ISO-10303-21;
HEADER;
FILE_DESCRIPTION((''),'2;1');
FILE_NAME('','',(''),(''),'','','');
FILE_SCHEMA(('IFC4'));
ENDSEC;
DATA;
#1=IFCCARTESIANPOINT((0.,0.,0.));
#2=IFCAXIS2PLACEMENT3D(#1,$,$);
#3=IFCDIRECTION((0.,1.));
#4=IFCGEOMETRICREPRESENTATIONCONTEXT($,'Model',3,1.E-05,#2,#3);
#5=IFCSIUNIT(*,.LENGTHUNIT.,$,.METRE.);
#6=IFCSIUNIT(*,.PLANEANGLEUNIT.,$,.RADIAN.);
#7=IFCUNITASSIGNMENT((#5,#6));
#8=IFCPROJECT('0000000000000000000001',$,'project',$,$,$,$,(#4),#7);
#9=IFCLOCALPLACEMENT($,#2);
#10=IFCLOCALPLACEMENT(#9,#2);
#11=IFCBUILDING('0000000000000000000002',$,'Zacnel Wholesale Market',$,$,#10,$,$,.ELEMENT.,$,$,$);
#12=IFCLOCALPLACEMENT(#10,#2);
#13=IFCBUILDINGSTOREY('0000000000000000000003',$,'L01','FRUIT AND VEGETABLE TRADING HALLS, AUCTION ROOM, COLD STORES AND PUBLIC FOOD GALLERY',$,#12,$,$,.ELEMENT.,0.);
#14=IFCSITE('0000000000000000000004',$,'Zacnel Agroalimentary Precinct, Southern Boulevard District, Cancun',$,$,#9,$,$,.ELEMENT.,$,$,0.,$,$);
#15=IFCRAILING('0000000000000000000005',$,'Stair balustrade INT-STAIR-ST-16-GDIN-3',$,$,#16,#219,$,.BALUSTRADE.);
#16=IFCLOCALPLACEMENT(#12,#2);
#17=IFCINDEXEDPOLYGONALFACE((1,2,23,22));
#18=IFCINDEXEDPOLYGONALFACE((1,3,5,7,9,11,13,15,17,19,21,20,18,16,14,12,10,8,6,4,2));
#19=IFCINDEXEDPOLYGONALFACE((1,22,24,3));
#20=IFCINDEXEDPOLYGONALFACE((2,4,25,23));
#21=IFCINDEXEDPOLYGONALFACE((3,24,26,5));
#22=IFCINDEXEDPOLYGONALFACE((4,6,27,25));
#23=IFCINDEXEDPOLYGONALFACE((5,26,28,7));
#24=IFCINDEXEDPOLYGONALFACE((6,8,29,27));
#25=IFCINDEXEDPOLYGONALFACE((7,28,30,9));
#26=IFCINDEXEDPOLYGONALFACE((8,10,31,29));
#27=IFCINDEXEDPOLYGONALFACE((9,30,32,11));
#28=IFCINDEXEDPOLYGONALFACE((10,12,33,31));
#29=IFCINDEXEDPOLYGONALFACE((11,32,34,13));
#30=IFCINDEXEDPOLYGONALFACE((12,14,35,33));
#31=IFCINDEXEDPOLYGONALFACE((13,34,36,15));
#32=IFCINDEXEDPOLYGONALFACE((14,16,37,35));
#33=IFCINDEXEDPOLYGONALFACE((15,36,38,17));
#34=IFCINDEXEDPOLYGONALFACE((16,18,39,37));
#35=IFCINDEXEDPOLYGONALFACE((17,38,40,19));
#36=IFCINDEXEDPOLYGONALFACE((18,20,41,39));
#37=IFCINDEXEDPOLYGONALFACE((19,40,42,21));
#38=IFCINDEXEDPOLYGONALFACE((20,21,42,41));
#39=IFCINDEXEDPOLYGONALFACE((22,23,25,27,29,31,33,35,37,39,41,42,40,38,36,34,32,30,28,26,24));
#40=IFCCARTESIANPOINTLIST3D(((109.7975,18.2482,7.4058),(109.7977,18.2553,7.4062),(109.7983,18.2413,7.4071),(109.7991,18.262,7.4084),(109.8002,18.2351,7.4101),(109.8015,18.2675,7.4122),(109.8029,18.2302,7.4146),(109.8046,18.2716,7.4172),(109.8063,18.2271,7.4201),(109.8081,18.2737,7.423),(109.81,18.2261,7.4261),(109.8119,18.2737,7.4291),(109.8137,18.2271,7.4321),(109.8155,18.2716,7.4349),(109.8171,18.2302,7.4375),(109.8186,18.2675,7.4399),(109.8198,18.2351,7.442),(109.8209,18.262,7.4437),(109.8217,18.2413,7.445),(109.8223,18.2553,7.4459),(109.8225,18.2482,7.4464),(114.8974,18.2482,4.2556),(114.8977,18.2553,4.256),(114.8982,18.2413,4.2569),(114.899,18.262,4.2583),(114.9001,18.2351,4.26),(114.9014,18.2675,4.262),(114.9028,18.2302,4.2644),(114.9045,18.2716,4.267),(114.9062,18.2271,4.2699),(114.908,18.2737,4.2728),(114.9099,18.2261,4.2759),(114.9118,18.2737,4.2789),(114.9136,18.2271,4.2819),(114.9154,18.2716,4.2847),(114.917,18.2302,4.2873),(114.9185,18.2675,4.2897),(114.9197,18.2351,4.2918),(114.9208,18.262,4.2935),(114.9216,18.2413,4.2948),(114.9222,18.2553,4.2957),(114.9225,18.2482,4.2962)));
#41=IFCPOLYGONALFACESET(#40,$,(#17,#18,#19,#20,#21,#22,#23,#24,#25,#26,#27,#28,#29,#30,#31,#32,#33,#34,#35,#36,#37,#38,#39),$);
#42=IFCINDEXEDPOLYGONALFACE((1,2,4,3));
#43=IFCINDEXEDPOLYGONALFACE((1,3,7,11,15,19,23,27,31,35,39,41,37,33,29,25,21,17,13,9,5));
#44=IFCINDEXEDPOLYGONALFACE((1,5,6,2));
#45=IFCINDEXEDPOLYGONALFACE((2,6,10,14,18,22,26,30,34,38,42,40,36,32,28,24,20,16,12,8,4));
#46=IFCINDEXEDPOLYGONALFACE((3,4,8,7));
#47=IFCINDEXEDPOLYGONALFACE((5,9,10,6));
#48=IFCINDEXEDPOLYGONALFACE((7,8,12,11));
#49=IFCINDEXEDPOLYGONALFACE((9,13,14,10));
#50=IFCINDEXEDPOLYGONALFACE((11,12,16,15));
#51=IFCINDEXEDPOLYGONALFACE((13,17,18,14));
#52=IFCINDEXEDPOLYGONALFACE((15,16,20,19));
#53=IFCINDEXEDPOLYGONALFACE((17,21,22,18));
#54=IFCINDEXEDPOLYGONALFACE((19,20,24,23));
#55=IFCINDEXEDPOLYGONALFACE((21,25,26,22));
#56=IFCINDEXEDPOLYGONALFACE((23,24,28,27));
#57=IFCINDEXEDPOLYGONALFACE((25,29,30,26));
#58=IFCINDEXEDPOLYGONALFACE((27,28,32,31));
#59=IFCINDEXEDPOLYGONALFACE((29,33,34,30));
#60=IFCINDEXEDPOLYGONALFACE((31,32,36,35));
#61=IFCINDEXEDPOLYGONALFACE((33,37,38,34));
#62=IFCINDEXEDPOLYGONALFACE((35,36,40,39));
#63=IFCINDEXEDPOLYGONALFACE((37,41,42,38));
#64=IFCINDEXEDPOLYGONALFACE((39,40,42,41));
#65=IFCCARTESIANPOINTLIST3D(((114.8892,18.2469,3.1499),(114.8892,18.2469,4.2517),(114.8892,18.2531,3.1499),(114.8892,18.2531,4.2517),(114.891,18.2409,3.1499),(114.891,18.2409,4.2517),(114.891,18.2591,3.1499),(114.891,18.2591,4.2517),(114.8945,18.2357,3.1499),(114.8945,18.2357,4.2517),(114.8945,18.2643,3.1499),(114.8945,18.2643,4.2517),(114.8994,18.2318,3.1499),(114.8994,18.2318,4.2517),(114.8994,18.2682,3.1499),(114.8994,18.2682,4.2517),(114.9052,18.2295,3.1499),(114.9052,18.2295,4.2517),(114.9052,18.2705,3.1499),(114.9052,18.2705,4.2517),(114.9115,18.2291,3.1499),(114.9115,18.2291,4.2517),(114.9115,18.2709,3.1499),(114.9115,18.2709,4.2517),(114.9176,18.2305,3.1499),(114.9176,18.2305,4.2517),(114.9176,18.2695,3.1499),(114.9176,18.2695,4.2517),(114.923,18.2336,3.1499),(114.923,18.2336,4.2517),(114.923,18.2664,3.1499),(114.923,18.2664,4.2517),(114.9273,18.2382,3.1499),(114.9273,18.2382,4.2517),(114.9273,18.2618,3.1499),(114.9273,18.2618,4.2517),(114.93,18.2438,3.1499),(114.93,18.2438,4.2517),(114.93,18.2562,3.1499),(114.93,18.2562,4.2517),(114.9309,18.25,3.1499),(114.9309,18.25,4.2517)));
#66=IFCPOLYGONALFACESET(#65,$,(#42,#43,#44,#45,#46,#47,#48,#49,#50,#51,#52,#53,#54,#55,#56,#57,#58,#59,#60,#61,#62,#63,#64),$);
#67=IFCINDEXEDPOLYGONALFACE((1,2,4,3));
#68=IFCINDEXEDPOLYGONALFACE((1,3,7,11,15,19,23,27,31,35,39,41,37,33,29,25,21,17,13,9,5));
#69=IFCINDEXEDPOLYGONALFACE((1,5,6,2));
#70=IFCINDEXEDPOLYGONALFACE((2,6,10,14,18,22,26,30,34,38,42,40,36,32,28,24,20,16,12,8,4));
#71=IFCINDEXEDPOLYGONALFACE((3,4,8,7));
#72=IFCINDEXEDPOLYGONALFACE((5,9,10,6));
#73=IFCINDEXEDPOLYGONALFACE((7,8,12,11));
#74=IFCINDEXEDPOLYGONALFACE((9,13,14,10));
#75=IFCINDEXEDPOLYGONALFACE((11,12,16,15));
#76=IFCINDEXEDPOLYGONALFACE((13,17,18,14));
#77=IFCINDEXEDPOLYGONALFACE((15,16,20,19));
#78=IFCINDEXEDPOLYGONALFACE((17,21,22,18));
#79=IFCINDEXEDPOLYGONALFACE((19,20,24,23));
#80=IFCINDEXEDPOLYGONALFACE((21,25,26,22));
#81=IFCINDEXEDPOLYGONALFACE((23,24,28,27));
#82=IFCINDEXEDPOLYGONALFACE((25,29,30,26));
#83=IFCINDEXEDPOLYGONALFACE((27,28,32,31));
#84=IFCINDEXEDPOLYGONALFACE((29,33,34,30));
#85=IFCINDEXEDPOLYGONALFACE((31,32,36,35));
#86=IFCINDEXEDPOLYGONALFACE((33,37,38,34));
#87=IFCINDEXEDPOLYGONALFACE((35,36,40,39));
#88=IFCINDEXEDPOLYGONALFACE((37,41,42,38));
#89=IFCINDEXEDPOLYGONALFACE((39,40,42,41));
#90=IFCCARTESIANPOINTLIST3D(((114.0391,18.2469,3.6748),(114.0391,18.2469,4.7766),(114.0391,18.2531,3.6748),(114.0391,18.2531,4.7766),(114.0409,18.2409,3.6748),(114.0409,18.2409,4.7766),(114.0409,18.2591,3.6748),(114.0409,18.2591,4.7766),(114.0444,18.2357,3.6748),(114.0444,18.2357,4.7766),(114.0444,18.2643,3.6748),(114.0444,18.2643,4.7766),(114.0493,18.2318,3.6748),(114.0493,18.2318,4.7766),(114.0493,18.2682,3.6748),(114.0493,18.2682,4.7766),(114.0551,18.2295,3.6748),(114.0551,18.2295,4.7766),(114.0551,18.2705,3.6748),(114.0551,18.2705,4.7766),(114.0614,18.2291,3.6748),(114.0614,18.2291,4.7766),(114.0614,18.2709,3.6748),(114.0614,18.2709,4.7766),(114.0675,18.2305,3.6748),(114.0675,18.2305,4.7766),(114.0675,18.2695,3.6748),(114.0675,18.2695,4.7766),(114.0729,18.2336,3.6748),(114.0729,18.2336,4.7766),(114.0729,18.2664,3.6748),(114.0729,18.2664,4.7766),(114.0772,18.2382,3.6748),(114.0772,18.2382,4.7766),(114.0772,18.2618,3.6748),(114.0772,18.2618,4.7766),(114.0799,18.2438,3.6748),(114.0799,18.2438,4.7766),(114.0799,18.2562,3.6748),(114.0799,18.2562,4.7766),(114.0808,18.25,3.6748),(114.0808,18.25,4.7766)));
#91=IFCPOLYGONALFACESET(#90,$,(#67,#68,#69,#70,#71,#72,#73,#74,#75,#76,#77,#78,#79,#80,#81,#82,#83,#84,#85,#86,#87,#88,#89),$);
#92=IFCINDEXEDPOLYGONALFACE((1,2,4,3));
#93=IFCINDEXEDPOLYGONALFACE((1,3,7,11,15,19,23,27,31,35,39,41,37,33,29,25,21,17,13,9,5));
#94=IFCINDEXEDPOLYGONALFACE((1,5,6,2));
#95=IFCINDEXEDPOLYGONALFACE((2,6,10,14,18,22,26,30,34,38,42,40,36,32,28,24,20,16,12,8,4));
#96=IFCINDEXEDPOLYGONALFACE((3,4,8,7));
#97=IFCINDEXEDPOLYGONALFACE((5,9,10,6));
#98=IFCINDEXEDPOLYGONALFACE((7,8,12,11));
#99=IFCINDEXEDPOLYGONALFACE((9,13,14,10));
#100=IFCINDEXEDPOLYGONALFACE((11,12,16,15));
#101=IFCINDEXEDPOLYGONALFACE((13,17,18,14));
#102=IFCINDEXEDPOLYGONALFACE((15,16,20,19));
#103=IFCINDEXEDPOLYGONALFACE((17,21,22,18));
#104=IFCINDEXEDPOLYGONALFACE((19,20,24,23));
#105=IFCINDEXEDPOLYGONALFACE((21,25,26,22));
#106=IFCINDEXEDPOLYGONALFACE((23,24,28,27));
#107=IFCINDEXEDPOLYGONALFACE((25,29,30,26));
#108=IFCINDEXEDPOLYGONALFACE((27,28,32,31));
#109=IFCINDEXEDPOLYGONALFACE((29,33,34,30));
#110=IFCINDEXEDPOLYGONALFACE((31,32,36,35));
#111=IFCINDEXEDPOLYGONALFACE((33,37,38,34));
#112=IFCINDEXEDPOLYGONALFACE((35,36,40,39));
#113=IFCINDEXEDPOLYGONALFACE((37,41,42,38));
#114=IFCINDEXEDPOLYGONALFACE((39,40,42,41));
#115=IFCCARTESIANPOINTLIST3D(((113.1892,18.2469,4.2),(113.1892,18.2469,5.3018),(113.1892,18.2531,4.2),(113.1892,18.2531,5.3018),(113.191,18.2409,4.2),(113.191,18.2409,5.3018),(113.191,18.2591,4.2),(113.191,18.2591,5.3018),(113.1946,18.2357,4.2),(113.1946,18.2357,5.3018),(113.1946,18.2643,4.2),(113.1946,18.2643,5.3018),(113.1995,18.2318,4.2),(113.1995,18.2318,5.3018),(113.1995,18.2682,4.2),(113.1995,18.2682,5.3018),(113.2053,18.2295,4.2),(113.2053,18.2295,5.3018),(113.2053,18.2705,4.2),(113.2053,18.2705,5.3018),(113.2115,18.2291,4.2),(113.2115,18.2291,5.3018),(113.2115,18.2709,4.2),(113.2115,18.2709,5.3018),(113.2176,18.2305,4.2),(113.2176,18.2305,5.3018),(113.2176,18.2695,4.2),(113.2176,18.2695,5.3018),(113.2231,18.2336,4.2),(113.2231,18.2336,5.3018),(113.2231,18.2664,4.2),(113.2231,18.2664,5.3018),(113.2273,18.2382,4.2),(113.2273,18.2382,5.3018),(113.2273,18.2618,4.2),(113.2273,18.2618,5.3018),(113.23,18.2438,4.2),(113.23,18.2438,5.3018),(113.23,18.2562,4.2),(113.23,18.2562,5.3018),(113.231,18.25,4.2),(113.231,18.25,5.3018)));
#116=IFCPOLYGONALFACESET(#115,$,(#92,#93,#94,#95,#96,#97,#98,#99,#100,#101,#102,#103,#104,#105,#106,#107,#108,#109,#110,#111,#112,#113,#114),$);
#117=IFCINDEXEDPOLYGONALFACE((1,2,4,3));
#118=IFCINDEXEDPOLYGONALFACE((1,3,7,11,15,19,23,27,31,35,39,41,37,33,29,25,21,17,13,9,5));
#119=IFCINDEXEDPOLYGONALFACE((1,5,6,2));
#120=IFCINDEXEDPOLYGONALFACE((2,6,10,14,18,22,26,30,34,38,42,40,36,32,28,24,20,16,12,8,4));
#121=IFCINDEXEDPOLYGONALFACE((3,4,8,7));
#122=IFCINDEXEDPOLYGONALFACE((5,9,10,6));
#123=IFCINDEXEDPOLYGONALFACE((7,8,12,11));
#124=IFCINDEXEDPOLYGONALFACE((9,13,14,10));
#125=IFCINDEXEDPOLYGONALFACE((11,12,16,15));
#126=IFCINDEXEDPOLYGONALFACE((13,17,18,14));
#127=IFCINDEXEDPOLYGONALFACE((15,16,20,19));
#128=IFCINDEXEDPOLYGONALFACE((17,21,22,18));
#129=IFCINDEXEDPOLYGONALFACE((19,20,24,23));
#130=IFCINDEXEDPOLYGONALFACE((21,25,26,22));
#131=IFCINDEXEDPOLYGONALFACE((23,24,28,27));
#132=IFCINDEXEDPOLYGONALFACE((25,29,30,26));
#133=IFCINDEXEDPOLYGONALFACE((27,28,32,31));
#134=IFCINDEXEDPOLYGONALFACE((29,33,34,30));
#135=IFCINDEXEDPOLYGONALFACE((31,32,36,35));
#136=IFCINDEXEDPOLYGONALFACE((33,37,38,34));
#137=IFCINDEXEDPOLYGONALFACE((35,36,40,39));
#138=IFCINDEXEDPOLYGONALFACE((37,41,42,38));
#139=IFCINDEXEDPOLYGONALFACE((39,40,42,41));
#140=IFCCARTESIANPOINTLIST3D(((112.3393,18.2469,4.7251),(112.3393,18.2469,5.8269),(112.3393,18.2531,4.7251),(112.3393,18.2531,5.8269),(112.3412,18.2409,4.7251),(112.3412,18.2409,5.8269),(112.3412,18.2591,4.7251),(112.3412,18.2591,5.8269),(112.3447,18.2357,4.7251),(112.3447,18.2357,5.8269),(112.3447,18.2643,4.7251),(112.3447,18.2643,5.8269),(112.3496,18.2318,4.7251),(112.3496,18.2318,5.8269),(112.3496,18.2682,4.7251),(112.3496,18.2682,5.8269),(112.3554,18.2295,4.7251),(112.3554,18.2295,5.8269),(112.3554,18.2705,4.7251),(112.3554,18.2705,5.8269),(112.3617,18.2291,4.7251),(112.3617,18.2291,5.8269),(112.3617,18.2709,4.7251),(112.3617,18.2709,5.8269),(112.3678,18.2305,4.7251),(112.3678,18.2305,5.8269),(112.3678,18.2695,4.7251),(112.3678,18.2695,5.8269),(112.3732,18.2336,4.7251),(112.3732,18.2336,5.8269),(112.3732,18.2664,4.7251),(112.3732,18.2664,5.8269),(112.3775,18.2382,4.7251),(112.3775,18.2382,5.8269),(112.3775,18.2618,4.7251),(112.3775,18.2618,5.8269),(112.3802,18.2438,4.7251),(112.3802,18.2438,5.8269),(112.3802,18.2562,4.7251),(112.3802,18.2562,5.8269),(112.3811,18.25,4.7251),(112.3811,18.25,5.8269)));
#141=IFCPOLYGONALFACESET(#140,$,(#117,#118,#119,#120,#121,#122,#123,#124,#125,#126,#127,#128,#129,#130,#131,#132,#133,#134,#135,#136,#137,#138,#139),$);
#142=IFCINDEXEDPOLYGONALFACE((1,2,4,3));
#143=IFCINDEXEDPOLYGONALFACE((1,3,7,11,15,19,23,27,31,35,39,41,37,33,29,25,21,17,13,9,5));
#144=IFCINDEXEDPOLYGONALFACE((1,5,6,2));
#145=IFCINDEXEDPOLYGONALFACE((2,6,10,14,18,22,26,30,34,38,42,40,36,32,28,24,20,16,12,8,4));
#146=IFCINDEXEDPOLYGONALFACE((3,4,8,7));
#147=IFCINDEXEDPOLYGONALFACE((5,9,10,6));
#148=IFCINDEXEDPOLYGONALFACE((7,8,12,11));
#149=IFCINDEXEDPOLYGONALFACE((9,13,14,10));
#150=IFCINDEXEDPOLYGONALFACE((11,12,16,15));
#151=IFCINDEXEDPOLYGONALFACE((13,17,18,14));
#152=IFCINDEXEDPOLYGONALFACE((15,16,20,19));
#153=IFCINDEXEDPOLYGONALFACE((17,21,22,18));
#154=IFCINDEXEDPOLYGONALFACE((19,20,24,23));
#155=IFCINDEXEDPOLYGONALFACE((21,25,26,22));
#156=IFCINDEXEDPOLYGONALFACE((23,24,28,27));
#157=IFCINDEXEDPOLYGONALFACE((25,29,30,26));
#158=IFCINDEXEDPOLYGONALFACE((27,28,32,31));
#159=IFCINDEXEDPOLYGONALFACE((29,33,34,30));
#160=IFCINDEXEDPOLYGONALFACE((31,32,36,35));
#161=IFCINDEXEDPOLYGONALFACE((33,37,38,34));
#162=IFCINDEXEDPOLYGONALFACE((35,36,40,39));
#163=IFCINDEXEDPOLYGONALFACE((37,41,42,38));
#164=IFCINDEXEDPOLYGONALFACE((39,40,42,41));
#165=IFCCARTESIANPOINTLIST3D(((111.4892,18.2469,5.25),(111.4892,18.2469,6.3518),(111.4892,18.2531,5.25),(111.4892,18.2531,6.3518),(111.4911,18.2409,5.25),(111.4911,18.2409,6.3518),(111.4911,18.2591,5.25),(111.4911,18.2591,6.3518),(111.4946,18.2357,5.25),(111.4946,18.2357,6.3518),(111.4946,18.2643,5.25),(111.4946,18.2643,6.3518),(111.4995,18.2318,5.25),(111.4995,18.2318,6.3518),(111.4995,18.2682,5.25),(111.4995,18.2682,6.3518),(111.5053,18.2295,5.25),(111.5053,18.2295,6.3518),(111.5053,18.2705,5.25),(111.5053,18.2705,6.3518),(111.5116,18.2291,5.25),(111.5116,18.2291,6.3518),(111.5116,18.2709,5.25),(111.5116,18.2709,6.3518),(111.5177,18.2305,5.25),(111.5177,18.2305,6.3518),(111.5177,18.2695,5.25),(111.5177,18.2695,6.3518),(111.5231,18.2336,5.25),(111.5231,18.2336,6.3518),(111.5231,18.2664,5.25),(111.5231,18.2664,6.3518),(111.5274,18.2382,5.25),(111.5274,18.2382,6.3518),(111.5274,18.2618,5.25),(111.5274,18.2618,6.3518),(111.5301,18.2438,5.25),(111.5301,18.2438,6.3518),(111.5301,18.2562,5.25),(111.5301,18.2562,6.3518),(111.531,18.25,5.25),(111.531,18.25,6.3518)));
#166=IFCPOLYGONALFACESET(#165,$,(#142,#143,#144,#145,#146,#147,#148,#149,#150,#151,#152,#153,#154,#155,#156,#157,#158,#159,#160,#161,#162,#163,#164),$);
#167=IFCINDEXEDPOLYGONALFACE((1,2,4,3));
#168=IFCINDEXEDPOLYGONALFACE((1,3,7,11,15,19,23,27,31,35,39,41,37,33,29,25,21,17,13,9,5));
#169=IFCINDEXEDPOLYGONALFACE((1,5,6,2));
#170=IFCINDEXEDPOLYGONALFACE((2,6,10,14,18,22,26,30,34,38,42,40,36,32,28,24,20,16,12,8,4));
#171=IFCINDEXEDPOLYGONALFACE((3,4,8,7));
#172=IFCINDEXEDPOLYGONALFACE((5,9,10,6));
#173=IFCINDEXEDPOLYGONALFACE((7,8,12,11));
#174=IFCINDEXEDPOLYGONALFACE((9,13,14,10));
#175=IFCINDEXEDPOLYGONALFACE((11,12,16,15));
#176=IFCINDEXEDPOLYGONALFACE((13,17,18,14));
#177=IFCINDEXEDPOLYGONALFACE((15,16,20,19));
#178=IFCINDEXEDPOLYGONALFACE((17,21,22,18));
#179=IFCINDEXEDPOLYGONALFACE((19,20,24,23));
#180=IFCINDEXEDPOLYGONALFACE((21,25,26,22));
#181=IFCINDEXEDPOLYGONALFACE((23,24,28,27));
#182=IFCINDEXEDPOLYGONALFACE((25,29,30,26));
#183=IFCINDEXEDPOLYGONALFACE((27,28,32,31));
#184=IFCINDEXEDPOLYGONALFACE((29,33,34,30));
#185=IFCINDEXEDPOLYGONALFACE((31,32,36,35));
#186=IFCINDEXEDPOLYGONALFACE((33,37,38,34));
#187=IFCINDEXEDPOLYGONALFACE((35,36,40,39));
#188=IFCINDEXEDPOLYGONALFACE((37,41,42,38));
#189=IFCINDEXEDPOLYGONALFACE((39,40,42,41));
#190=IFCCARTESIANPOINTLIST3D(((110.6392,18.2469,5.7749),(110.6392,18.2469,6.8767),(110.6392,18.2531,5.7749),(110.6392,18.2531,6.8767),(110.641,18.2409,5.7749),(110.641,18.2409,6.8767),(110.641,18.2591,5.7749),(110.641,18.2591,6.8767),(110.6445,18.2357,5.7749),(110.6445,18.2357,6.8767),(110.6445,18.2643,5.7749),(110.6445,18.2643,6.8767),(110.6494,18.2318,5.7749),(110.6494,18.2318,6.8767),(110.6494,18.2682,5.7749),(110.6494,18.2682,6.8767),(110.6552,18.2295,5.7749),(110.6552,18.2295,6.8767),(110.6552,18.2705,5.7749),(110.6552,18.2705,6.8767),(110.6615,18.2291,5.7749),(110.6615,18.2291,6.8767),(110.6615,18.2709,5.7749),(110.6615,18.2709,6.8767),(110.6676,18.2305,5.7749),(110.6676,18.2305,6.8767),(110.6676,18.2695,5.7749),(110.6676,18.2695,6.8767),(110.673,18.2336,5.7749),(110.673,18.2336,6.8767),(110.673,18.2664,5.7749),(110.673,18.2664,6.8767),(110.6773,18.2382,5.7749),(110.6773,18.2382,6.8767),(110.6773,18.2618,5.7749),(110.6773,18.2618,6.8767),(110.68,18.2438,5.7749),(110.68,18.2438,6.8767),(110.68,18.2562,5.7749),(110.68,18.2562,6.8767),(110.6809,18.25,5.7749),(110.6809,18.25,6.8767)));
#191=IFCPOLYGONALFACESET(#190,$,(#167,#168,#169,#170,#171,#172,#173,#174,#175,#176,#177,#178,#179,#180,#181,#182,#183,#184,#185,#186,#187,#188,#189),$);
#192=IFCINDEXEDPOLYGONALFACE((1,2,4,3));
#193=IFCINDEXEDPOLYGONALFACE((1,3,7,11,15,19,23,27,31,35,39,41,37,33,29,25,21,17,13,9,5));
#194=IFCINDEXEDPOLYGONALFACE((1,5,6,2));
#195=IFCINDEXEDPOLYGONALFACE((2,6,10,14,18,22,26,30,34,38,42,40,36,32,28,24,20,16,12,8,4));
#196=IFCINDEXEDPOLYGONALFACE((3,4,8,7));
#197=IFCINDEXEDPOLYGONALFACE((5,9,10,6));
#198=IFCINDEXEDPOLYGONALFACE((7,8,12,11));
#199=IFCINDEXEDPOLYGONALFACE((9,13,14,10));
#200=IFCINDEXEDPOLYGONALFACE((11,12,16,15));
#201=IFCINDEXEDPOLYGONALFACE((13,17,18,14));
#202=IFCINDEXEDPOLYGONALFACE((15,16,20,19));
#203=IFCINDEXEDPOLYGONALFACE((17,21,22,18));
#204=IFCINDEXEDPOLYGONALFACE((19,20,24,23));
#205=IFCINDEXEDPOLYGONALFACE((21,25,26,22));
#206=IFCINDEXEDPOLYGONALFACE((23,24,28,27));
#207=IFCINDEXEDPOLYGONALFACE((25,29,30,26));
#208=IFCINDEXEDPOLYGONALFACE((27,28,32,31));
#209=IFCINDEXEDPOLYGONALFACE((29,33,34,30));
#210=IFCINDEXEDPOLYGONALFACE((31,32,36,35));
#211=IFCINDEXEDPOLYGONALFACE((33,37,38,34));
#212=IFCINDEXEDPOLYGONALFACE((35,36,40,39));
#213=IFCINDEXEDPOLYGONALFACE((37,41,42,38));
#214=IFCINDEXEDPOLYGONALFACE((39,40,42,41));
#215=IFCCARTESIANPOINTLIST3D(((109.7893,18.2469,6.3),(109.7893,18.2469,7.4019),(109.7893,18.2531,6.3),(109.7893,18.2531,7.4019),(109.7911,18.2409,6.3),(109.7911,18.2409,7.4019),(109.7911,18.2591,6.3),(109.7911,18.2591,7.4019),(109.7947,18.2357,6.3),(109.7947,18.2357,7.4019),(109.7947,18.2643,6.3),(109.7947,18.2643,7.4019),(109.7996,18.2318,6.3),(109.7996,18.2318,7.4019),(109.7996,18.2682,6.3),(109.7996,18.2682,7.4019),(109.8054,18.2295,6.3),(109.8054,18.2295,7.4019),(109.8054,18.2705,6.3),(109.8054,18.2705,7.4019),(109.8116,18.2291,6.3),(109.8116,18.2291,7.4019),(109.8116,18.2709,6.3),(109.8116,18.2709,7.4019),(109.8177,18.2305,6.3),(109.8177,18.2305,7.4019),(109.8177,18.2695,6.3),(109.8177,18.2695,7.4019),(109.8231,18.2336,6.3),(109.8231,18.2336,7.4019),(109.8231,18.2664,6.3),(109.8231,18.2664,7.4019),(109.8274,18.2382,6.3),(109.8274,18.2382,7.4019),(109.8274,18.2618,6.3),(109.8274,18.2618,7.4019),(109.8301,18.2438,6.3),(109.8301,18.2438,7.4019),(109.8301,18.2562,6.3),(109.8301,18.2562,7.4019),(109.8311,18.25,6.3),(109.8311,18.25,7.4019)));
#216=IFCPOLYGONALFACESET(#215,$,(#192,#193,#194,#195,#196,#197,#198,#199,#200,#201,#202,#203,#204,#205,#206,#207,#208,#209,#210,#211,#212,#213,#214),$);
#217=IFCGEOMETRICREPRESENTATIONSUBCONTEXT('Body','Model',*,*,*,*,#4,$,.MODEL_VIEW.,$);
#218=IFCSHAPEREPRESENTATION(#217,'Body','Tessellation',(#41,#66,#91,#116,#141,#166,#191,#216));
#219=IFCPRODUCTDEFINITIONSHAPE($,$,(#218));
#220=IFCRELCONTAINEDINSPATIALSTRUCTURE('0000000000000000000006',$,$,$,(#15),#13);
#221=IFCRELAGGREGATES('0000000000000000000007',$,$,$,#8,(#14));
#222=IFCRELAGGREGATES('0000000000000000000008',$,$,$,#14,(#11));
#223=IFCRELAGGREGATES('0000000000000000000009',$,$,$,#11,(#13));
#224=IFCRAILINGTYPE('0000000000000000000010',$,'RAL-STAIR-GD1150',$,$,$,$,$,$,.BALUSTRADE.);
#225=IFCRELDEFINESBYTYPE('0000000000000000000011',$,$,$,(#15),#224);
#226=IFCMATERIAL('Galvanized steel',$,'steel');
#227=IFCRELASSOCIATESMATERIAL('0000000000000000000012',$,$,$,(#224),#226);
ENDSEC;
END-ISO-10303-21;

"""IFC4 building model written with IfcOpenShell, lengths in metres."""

from ifc_helpers import new_model, si_unit, direction, frame, origin, origin_2d, place, context, subcontext, project, spatial, circle, extrude, material, type_object, element, save


model = new_model("IFC4")

# Units and contexts
model_context = context("Model", 3, precision=1e-05, world=origin(), true_north=direction((0.0, 1.0)))
body_context = subcontext(model_context, "Body", "Model", "MODEL_VIEW")
ifc_project = project(units=[si_unit("LENGTHUNIT", "METRE"), si_unit("PLANEANGLEUNIT", "RADIAN")], contexts=[model_context])

# Site, building, storey
site_placement = place(None, origin())
site = spatial("IfcSite", under=ifc_project, at=site_placement, Name="Zacnel Agroalimentary Precinct, Southern Boulevard District, Cancun", CompositionType="ELEMENT", RefElevation=0.0)
building_placement = place(site_placement, origin())
building = spatial("IfcBuilding", under=site, at=building_placement, Name="Zacnel Wholesale Market", CompositionType="ELEMENT")
storey_placement = place(building_placement, origin())
storey = spatial("IfcBuildingStorey", under=building, at=storey_placement, Name="L01", Description="FRUIT AND VEGETABLE TRADING HALLS, AUCTION ROOM, COLD STORES AND PUBLIC FOOD GALLERY", CompositionType="ELEMENT", Elevation=0.0)

# Railing
ifc_material_1 = material(Name="Galvanized steel", Category="steel")
railing_type_1 = type_object("IfcRailingType", Name="RAL-STAIR-GD1150", PredefinedType="BALUSTRADE", material=ifc_material_1)
railing_1_placement = place(storey_placement, frame((114.9099, 18.25, 3.1499)))
element("IfcRailing", 1, at=railing_1_placement, inside=storey, type_object=railing_type_1, Name="Stair balustrade INT-STAIR-ST-16-GDIN-3", PredefinedType="BALUSTRADE", context=body_context, shape_type="SweptSolid", body=[
    extrude(circle(Radius=0.0239, at=origin_2d()), frame((0.0, 0.0, 1.126), z_axis=(-0.85078, 0.0, 0.525521), x_axis=(0.0, -1.0, 0.0)), (0.0, 0.0, 1.0), 5.9944),
    extrude(circle(Radius=0.021, at=origin_2d()), origin(), (0.0, 0.0, 1.0), 1.1018),
    extrude(circle(Radius=0.021, at=origin_2d()), frame((-0.8501, 0.0, 0.5249)), (0.0, 0.0, 1.0), 1.1018),
    extrude(circle(Radius=0.021, at=origin_2d()), frame((-1.7, 0.0, 1.05)), (0.0, 0.0, 1.0), 1.1018),
    extrude(circle(Radius=0.021, at=origin_2d()), frame((-2.5498, 0.0, 1.5752)), (0.0, 0.0, 1.0), 1.1018),
    extrude(circle(Radius=0.021, at=origin_2d()), frame((-3.3999, 0.0, 2.1001)), (0.0, 0.0, 1.0), 1.1018),
    extrude(circle(Radius=0.021, at=origin_2d()), frame((-4.25, 0.0, 2.625)), (0.0, 0.0, 1.0), 1.1018),
    extrude(circle(Radius=0.021, at=origin_2d()), frame((-5.0999, 0.0, 3.1501)), (0.0, 0.0, 1.0), 1.1018),
])

save(model, "model.ifc")
